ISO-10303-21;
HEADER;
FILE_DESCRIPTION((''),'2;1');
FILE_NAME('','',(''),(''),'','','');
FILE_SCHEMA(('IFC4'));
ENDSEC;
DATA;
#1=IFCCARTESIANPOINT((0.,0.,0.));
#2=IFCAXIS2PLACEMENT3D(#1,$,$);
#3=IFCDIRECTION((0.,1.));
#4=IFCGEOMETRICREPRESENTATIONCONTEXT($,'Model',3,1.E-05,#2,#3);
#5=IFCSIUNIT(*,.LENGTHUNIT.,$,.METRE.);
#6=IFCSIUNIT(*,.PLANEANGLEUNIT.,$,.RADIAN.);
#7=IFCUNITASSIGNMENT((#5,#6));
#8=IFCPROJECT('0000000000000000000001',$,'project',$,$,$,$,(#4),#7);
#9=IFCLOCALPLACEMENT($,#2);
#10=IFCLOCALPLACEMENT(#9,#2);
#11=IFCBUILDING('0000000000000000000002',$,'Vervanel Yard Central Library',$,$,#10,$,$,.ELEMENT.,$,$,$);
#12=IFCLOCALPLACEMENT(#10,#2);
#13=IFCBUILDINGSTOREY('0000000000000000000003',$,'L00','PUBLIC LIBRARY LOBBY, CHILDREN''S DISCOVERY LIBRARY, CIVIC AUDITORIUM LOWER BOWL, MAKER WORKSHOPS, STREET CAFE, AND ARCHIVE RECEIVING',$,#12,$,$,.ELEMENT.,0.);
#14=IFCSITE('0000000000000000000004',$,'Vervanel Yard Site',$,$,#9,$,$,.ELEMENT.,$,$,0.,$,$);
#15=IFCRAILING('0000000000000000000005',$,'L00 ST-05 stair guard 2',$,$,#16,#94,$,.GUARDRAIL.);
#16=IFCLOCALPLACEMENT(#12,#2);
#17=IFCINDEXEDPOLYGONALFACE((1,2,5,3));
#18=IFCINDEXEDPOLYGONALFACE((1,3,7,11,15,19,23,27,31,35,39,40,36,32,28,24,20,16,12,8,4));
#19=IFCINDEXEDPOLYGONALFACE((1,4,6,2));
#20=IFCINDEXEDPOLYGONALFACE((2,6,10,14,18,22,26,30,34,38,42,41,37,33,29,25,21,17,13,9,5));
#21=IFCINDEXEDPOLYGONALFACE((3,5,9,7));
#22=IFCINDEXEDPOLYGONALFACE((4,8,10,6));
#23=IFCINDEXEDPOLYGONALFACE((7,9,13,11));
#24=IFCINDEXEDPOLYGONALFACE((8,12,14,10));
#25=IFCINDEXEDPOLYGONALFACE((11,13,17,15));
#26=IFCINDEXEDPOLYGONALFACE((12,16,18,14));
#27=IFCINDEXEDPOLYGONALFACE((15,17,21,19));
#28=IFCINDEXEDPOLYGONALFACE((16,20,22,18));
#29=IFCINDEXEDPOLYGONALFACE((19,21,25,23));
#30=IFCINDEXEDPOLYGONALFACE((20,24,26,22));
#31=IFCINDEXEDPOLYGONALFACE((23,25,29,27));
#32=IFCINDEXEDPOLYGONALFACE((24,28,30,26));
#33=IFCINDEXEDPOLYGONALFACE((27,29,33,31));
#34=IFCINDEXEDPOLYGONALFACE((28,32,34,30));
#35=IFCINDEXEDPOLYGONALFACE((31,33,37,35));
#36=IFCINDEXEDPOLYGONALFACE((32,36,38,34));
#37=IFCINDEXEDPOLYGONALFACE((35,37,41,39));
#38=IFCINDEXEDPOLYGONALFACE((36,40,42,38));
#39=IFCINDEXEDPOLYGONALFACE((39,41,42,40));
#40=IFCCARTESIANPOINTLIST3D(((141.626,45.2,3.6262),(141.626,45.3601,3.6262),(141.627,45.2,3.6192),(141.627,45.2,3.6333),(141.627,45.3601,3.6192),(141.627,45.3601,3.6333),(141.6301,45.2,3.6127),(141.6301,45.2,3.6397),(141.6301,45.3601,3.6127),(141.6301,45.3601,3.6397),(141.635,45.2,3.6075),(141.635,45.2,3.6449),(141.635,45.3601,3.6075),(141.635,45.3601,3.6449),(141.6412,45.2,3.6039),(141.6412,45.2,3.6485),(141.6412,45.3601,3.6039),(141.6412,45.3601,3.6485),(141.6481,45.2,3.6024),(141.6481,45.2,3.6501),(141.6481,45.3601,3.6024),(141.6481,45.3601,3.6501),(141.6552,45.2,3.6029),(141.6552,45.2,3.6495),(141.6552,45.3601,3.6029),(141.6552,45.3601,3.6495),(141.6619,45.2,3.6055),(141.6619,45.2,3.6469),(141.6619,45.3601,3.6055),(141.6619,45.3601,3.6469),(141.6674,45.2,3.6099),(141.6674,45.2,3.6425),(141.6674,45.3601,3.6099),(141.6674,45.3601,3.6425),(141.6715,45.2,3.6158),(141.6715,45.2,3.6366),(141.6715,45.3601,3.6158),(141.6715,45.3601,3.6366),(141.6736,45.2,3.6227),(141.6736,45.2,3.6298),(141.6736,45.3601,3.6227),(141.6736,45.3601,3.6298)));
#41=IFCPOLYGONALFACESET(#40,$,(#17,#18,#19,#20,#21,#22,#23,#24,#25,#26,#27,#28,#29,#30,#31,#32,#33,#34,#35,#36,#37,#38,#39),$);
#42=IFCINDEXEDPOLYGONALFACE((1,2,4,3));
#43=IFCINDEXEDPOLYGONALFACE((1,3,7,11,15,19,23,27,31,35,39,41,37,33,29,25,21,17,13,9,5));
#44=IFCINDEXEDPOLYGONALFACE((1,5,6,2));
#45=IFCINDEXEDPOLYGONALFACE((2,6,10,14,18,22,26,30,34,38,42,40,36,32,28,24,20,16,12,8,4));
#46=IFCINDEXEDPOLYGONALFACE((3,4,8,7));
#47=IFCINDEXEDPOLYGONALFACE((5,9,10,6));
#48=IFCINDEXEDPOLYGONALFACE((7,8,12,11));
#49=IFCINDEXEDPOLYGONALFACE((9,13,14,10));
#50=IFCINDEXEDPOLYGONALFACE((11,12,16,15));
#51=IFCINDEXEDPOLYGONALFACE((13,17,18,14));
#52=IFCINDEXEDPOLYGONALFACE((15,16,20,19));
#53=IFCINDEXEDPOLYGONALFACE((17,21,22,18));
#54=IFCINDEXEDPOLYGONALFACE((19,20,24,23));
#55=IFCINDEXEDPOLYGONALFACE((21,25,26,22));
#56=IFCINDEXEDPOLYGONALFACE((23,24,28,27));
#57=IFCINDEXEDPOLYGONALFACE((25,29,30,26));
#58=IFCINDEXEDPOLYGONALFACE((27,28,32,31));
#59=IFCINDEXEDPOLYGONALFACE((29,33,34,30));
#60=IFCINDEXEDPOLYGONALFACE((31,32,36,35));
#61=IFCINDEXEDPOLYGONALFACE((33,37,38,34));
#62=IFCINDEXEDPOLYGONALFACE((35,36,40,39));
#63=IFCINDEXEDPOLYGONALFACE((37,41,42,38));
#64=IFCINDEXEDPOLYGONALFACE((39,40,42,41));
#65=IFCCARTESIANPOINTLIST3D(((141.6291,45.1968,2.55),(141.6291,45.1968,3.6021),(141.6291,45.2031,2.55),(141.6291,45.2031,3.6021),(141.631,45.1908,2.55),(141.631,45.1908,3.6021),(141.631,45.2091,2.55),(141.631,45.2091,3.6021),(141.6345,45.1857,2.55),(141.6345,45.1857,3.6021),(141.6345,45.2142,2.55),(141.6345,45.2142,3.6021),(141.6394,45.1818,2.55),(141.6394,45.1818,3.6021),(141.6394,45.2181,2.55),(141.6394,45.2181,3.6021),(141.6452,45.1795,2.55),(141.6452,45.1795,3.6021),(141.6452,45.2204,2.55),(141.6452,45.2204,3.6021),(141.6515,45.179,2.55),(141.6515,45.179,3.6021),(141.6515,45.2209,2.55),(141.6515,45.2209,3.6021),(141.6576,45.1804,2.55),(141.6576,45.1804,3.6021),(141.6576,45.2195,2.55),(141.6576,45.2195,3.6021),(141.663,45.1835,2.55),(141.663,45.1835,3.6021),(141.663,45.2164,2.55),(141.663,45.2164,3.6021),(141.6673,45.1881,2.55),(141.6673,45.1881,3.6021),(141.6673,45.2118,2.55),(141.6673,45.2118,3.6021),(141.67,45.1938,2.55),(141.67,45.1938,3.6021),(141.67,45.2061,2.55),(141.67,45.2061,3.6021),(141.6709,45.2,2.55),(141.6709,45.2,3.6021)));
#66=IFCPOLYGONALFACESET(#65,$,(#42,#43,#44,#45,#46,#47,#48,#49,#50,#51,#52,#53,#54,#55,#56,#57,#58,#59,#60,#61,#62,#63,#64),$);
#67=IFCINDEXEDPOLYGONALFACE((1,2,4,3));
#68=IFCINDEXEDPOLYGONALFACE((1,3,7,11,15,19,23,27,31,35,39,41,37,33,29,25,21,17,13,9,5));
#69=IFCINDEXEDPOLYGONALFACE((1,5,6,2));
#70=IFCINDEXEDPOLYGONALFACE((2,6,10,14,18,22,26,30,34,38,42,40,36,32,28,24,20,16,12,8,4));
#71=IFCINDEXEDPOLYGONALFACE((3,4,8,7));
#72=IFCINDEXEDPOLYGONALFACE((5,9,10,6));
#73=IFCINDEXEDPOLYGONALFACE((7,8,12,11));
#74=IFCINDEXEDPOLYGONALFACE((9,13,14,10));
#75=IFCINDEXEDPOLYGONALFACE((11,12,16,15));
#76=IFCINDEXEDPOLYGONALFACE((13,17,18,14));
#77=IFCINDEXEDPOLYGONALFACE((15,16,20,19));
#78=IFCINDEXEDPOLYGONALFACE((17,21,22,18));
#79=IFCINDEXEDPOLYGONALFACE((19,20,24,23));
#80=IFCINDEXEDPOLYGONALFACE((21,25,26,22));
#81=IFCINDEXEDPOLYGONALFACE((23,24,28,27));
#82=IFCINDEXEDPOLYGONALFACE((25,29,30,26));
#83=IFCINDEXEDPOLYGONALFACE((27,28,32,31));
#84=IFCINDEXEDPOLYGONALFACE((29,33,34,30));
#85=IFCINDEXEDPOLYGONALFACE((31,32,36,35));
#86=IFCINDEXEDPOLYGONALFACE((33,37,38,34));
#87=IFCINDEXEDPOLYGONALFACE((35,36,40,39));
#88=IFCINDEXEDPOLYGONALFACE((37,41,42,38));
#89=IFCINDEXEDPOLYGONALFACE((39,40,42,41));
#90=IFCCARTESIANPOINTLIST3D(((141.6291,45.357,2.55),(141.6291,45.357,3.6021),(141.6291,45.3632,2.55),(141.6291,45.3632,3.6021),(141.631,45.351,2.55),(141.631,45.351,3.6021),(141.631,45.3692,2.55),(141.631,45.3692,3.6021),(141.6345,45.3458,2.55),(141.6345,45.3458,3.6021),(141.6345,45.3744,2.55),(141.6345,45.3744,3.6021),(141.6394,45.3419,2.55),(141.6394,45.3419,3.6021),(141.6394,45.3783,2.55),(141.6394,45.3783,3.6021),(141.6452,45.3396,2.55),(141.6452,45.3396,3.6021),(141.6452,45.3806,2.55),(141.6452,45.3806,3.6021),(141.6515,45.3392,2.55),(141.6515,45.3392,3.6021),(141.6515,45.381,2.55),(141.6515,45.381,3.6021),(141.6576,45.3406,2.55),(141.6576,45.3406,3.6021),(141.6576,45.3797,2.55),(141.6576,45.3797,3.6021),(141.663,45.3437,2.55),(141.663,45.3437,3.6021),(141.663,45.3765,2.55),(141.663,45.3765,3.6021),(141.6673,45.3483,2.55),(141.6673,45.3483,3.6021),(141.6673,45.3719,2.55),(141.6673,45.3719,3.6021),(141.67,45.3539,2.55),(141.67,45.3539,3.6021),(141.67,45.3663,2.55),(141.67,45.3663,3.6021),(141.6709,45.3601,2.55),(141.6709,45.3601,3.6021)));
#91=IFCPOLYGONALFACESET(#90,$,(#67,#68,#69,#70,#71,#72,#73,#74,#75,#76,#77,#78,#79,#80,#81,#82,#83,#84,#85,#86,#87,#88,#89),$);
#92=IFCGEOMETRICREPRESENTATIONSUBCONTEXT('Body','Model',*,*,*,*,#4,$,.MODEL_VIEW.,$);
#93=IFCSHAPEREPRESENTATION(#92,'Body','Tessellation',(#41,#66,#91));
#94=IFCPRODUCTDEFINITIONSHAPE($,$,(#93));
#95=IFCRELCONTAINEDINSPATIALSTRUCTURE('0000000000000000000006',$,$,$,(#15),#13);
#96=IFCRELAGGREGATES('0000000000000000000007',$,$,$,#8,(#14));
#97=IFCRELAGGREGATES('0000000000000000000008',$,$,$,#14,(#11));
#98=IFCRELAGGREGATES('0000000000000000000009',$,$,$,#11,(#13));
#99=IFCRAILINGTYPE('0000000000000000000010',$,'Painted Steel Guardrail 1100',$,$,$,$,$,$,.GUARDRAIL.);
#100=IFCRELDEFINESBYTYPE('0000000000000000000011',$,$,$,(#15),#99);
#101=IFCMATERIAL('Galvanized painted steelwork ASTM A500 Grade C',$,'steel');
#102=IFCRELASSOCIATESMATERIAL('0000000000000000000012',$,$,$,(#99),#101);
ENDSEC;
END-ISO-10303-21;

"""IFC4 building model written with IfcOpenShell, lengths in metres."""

from ifc_helpers import new_model, si_unit, direction, frame, origin, origin_2d, place, context, subcontext, project, spatial, circle, extrude, material, type_object, element, save


model = new_model("IFC4")

# Units and contexts
model_context = context("Model", 3, precision=1e-05, world=origin(), true_north=direction((0.0, 1.0)))
body_context = subcontext(model_context, "Body", "Model", "MODEL_VIEW")
ifc_project = project(units=[si_unit("LENGTHUNIT", "METRE"), si_unit("PLANEANGLEUNIT", "RADIAN")], contexts=[model_context])

# Site, building, storey
site_placement = place(None, origin())
site = spatial("IfcSite", under=ifc_project, at=site_placement, Name="Vervanel Yard Site", CompositionType="ELEMENT", RefElevation=0.0)
building_placement = place(site_placement, origin())
building = spatial("IfcBuilding", under=site, at=building_placement, Name="Vervanel Yard Central Library", CompositionType="ELEMENT")
storey_placement = place(building_placement, origin())
storey = spatial("IfcBuildingStorey", under=building, at=storey_placement, Name="L00", Description="PUBLIC LIBRARY LOBBY, CHILDREN'S DISCOVERY LIBRARY, CIVIC AUDITORIUM LOWER BOWL, MAKER WORKSHOPS, STREET CAFE, AND ARCHIVE RECEIVING", CompositionType="ELEMENT", Elevation=0.0)

# Shared definitions
ifc_material_1 = material(Name="Galvanized painted steelwork ASTM A500 Grade C", Category="steel")

# Railing
railing_type_1 = type_object("IfcRailingType", Name="Painted Steel Guardrail 1100", PredefinedType="GUARDRAIL", material=ifc_material_1)
railing_1_placement = place(storey_placement, frame((141.6499, 45.2, 2.55)))
element("IfcRailing", 1, at=railing_1_placement, inside=storey, type_object=railing_type_1, Name="L00 ST-05 stair guard 2", PredefinedType="GUARDRAIL", context=body_context, shape_type="SweptSolid", body=[
    extrude(circle(Radius=0.0239, at=origin_2d()), frame((0.0, 0.0, 1.0762), z_axis=(0.0, 1.0, 0.0), x_axis=(-1.0, 0.0, 0.0)), (0.0, 0.0, 1.0), 0.1602),
    extrude(circle(Radius=0.021, at=origin_2d()), origin(), (0.0, 0.0, 1.0), 1.052),
    extrude(circle(Radius=0.021, at=origin_2d()), frame((0.0, 0.1602, 0.0)), (0.0, 0.0, 1.0), 1.052),
])

save(model, "model.ifc")
